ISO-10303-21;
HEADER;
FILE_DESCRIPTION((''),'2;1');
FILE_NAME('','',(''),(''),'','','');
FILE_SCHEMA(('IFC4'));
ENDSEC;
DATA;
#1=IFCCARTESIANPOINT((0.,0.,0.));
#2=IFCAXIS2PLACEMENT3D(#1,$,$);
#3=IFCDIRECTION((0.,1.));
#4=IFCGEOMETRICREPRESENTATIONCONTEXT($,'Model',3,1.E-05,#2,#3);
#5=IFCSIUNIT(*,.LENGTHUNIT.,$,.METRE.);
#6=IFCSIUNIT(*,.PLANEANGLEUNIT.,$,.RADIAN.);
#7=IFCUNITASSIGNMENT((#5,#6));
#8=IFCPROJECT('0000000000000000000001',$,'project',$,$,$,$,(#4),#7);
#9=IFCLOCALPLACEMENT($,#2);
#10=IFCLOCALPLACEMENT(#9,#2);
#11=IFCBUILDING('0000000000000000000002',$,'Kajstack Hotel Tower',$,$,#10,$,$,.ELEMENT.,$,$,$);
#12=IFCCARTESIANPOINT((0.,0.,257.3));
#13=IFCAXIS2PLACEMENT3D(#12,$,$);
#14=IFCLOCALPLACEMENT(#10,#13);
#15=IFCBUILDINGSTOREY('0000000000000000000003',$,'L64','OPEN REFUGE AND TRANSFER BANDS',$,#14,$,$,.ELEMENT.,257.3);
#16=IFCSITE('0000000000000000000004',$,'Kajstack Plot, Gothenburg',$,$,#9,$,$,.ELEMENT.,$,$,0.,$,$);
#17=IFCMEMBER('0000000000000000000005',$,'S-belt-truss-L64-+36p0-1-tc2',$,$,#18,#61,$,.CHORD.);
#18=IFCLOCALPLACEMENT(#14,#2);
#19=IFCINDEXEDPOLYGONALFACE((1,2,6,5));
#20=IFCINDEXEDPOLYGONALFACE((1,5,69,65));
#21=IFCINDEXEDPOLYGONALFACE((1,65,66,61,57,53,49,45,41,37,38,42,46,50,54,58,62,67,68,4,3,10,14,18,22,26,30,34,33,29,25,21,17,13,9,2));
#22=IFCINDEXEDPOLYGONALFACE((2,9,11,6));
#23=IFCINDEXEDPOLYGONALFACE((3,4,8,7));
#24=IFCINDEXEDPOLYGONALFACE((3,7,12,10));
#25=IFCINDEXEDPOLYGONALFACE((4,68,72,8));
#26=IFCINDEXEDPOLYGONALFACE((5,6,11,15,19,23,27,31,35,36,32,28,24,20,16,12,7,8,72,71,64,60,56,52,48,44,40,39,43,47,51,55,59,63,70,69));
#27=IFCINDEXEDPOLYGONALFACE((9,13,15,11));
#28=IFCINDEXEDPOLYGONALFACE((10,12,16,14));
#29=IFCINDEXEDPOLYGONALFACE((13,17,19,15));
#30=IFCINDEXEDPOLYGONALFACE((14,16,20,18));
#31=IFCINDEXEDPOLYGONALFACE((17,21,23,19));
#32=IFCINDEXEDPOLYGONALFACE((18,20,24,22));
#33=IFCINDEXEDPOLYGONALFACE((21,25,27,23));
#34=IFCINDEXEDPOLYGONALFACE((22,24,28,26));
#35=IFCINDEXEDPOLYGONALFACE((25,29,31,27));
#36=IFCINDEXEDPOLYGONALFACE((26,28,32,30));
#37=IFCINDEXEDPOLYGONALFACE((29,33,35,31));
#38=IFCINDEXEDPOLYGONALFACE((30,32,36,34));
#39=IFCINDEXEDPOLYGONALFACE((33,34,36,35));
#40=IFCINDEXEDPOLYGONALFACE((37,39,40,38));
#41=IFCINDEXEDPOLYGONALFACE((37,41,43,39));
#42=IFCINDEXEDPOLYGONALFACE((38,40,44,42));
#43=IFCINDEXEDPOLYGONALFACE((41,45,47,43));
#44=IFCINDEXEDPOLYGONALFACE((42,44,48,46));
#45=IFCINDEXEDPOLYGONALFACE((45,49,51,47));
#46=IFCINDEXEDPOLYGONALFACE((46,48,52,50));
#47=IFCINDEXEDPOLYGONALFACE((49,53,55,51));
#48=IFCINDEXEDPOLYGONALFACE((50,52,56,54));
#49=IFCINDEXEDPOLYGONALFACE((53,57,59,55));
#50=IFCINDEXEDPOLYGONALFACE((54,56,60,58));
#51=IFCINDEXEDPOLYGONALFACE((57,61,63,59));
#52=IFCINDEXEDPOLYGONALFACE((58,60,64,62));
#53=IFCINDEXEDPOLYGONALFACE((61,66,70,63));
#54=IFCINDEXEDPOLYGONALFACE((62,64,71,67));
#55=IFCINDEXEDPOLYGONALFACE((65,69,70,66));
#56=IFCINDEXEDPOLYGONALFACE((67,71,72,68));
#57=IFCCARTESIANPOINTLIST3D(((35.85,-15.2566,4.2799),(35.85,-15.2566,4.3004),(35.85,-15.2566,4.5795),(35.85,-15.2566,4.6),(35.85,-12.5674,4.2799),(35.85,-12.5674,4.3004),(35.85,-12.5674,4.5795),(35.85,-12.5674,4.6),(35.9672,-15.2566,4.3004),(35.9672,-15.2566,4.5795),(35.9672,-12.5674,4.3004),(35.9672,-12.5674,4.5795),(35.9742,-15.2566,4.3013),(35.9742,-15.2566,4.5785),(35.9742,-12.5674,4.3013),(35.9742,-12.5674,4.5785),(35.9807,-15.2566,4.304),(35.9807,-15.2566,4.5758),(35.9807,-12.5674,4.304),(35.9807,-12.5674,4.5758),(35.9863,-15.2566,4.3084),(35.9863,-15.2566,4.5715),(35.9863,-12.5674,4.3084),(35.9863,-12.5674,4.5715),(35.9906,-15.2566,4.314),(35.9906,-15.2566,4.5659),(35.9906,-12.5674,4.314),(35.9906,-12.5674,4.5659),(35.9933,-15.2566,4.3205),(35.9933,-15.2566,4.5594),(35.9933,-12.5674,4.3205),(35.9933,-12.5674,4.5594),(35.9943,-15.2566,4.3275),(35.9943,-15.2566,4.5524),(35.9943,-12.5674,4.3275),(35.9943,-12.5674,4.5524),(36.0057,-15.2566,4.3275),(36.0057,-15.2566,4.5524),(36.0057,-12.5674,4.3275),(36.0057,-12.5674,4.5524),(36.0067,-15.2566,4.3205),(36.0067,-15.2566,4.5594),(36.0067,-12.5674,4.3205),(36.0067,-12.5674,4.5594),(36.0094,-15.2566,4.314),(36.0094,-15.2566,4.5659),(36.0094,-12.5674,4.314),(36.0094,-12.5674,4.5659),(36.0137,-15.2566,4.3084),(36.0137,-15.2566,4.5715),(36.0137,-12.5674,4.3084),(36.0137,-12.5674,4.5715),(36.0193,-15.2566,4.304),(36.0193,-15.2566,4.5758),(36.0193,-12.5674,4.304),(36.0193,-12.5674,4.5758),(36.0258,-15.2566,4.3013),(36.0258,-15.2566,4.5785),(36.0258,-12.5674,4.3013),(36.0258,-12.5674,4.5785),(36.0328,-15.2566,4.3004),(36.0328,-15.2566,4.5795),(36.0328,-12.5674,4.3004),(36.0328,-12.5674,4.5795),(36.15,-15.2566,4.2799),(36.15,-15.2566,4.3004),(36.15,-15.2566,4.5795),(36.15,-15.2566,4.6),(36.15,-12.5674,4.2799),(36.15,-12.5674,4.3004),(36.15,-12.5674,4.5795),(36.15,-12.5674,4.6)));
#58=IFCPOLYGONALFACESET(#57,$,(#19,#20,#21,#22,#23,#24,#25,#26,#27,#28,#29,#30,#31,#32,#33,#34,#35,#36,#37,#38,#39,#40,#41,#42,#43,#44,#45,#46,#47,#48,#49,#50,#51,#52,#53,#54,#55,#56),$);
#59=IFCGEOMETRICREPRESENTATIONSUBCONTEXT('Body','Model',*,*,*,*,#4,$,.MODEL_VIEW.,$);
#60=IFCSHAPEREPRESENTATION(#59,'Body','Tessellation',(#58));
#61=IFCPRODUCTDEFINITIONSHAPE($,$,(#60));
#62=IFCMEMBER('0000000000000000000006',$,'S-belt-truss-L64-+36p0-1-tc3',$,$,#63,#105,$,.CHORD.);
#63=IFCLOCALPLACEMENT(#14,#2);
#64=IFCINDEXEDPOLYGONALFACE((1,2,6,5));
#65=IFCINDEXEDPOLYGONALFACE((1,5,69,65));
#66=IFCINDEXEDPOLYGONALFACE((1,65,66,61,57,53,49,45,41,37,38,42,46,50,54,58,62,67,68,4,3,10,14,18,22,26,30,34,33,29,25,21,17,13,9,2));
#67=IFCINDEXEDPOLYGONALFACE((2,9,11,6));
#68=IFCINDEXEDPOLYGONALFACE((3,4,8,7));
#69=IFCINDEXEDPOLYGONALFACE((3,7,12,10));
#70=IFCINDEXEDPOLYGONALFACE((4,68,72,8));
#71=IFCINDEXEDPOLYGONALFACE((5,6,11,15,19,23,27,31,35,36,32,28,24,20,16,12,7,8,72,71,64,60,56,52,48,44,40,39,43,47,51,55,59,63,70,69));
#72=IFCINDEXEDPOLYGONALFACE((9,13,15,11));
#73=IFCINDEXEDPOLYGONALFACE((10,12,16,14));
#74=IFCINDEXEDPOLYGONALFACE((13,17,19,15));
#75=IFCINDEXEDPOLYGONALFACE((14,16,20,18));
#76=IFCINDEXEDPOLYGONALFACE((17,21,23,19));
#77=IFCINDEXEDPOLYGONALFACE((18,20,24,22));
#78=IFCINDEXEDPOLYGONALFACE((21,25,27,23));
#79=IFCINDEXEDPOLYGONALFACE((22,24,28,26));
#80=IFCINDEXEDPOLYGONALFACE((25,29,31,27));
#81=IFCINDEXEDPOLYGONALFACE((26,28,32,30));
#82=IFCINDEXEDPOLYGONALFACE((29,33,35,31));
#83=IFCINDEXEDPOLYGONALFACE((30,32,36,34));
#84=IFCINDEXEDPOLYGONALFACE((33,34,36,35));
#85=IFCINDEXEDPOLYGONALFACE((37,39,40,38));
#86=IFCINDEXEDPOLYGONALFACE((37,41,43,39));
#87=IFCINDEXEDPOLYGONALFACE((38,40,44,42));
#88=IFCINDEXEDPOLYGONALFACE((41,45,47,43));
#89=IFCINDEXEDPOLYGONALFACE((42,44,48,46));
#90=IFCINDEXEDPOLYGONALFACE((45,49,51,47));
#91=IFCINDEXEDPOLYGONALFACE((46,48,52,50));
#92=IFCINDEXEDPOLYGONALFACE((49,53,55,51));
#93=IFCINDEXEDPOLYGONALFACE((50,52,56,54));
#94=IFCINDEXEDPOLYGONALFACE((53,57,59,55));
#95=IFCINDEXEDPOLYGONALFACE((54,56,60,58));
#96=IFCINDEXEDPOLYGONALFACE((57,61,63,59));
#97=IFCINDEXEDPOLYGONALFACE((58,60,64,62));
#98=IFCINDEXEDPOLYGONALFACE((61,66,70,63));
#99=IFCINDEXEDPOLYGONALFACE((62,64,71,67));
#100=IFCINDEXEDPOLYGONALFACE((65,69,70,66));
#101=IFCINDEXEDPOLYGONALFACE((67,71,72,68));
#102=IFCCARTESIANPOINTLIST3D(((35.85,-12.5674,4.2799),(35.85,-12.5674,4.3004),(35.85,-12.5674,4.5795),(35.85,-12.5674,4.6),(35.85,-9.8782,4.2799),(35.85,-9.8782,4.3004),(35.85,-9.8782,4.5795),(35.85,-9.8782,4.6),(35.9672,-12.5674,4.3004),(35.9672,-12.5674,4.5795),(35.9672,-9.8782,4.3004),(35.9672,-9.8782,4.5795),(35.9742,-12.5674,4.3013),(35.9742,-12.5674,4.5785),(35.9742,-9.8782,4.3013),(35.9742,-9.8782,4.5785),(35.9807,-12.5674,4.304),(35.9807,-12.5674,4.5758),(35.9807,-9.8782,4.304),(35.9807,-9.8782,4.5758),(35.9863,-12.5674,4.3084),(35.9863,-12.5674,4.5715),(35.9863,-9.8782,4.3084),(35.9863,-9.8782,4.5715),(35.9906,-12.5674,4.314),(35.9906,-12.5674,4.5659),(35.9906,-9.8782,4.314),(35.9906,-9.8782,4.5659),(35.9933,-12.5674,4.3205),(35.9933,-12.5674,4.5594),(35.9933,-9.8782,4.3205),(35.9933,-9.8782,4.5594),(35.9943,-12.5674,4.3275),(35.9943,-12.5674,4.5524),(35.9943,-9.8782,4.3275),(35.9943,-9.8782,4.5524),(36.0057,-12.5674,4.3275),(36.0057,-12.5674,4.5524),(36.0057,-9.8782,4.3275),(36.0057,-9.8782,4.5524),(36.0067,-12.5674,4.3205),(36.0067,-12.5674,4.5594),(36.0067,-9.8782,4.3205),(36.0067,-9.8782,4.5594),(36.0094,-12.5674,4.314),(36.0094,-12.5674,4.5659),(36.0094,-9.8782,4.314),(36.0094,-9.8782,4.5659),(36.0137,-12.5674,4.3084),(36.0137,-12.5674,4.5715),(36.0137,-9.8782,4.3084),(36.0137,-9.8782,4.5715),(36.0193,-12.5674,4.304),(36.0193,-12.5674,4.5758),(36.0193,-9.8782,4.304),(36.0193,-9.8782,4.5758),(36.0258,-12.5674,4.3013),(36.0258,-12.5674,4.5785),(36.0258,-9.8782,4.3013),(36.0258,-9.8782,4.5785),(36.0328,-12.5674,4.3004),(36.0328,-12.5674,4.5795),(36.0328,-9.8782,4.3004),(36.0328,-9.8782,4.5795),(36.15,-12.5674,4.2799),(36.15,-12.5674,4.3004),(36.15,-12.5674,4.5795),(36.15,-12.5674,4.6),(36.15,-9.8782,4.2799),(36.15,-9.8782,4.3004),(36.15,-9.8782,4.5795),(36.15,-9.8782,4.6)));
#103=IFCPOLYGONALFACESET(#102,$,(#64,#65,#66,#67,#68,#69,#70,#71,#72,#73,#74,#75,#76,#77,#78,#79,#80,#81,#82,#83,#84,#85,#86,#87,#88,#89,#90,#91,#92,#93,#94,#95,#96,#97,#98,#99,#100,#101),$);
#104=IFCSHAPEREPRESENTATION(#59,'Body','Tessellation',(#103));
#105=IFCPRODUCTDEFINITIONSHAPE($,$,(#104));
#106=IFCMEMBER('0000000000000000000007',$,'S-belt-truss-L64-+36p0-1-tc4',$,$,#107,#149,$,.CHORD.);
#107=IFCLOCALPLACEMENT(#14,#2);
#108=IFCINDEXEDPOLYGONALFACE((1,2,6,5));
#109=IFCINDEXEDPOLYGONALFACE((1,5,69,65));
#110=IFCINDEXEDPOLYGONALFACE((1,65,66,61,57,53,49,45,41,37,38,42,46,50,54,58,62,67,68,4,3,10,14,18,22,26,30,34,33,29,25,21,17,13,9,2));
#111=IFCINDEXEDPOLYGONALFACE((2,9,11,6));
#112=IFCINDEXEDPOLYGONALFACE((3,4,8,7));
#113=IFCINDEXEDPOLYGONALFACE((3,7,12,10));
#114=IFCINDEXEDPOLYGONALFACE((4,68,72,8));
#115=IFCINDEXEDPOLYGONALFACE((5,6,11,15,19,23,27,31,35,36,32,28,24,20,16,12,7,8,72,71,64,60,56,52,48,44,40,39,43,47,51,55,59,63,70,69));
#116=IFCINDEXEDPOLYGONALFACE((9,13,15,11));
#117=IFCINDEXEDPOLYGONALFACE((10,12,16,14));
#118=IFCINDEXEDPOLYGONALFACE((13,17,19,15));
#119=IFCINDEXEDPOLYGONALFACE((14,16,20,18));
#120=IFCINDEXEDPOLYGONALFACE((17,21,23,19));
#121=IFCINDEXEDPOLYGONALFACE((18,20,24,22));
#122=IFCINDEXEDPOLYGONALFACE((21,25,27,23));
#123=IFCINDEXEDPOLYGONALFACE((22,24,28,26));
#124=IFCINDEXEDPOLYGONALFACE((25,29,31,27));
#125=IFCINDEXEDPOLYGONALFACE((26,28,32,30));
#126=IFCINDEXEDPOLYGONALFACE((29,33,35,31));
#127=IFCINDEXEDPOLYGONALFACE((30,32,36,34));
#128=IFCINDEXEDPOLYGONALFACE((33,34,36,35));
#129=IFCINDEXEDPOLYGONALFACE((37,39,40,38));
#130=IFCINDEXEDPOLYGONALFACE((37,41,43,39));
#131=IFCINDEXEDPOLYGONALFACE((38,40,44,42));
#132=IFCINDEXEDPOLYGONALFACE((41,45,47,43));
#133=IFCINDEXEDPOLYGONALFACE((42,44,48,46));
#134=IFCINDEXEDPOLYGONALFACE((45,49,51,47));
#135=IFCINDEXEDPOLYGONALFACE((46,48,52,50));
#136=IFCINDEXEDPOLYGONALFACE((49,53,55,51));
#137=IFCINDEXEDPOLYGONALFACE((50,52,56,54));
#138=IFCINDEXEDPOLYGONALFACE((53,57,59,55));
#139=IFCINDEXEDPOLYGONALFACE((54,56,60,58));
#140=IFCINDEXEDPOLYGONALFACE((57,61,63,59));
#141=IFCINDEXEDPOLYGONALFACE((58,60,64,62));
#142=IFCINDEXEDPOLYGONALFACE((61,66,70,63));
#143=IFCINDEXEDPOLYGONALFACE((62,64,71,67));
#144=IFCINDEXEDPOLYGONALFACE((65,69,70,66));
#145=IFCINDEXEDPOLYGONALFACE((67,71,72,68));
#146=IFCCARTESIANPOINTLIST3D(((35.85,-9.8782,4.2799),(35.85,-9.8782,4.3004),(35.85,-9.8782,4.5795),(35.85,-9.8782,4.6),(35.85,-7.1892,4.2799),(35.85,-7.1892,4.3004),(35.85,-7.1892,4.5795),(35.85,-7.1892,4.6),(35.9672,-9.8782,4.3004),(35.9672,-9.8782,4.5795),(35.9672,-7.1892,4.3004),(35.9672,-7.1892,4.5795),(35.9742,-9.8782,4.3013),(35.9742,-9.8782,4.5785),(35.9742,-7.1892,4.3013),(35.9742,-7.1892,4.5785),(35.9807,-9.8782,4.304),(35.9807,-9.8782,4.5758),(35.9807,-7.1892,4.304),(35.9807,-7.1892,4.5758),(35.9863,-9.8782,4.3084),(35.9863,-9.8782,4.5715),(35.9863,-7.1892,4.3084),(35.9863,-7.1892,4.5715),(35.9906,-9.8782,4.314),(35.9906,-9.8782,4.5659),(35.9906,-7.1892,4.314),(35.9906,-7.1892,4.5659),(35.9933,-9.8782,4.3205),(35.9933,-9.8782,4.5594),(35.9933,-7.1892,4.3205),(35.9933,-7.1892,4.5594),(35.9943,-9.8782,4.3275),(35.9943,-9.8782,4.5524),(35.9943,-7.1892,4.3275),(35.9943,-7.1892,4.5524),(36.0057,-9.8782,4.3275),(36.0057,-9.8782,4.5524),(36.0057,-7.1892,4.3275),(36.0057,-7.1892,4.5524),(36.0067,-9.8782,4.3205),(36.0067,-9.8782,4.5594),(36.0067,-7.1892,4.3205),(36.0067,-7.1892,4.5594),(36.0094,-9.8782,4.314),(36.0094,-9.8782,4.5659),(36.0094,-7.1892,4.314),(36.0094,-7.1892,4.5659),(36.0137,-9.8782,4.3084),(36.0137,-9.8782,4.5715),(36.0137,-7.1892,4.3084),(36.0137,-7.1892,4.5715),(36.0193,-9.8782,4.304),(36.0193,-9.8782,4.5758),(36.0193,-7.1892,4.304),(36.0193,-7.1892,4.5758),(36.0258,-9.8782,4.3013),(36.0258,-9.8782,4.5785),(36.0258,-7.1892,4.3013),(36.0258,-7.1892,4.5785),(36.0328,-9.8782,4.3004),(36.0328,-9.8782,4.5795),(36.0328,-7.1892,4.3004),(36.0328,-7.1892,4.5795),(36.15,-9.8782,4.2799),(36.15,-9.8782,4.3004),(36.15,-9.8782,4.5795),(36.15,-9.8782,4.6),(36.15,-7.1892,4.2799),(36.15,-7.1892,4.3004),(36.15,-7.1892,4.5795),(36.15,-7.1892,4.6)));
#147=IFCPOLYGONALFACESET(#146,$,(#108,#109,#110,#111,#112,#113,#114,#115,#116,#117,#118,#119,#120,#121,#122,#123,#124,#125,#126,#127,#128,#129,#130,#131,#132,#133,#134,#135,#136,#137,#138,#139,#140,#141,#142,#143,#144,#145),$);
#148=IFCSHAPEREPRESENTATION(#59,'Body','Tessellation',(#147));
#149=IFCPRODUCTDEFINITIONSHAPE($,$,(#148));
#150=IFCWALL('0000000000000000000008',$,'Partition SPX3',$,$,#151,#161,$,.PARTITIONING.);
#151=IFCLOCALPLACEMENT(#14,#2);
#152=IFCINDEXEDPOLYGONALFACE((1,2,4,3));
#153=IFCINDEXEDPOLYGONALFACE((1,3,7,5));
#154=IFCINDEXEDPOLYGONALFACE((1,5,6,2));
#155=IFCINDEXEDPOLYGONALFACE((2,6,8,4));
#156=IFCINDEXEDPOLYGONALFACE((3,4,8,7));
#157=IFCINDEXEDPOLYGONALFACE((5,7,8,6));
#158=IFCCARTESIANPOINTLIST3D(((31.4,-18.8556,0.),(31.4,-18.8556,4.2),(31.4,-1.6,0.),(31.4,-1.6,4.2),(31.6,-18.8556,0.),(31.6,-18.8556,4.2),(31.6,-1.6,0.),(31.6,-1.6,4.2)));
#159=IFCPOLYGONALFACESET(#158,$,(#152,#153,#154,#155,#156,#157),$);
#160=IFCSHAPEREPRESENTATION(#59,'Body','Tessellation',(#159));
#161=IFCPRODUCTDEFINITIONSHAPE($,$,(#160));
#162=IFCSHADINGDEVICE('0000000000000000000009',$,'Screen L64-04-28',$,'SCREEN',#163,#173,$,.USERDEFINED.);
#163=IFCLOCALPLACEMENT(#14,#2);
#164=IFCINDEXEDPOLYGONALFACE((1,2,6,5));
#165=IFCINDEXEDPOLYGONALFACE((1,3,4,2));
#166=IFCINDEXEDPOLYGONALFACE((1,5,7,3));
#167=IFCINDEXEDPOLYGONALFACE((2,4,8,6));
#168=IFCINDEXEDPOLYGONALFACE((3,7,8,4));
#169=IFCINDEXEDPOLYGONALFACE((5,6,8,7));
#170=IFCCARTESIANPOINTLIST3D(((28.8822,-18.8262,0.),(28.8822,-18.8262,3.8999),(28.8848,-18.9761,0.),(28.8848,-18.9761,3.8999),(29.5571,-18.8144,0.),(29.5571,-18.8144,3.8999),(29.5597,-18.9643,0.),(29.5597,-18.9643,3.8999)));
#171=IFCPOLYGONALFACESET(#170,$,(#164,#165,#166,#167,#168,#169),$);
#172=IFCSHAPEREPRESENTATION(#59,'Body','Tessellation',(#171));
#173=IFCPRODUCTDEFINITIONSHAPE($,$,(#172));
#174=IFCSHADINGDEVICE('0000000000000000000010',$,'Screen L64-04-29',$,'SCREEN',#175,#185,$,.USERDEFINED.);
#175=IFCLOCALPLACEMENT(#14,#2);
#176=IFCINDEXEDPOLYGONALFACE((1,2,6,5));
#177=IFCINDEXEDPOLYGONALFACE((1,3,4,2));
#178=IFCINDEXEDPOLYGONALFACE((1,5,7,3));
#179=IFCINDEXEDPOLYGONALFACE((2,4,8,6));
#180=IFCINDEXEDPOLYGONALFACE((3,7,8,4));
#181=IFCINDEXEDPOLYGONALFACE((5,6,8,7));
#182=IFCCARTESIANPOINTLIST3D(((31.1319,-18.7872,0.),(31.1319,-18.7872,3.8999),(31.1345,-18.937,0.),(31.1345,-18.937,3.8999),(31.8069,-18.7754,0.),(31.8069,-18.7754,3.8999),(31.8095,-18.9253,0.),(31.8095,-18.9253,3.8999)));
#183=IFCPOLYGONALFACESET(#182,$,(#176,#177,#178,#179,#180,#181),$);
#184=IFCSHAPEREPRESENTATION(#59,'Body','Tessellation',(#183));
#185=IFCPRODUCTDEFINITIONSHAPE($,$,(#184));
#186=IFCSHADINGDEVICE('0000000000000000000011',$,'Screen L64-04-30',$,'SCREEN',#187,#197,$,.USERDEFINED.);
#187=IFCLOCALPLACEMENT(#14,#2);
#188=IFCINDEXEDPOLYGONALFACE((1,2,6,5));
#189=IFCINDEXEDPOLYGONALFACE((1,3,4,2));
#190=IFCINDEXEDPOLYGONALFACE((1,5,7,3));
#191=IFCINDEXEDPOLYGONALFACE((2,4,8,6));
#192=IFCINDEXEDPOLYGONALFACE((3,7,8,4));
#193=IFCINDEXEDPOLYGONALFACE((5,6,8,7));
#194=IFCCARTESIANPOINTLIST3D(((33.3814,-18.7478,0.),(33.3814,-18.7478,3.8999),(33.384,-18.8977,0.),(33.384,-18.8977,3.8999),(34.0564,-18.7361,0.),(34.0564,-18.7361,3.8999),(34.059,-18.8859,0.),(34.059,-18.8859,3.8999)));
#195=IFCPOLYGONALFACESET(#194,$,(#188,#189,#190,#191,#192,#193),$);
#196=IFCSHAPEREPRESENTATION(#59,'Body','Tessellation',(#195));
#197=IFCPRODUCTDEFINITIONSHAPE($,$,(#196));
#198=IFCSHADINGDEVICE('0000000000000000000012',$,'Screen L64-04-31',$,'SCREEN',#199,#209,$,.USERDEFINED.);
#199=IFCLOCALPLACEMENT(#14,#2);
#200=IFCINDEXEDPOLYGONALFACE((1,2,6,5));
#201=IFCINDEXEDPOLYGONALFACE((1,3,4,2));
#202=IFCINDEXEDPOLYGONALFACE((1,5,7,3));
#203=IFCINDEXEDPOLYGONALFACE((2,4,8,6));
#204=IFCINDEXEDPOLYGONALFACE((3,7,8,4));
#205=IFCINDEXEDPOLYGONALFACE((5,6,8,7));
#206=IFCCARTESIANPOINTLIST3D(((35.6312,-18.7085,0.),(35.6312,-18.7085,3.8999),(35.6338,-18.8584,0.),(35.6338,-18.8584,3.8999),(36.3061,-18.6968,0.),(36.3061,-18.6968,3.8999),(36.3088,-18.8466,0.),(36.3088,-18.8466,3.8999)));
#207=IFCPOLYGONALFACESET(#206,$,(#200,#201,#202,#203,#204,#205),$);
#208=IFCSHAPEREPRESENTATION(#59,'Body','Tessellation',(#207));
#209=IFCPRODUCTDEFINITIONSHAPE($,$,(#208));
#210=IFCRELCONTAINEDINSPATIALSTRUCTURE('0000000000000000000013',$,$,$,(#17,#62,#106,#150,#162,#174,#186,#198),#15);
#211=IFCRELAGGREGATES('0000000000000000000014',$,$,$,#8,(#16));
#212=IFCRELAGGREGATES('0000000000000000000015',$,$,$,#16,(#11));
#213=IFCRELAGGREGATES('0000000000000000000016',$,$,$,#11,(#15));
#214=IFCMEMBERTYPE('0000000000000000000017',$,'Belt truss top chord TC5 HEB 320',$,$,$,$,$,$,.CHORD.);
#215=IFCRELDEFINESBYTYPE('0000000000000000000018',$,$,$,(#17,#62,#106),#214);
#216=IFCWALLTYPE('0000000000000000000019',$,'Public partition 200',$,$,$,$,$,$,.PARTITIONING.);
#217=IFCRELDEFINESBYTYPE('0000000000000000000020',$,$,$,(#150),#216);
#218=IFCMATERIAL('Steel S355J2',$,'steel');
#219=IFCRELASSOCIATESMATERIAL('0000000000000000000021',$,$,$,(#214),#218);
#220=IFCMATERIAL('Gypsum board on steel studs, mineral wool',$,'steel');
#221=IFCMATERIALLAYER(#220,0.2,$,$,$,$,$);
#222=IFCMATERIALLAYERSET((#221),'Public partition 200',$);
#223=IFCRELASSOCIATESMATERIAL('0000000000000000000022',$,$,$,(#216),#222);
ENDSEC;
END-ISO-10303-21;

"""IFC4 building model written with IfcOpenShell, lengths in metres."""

from ifc_helpers import new_model, si_unit, direction, frame, frame_2d, origin, origin_2d, place, context, subcontext, project, spatial, rectangle, i_section, extrude, material, layer, layer_set, material_profile, profile_set, type_object, element, save


model = new_model("IFC4")

# Units and contexts
model_context = context("Model", 3, precision=1e-05, world=origin(), true_north=direction((0.0, 1.0)))
body_context = subcontext(model_context, "Body", "Model", "MODEL_VIEW")
ifc_project = project(units=[si_unit("LENGTHUNIT", "METRE"), si_unit("PLANEANGLEUNIT", "RADIAN")], contexts=[model_context])

# Site, building, storey
site_placement = place(None, origin())
site = spatial("IfcSite", under=ifc_project, at=site_placement, Name="Kajstack Plot, Gothenburg", CompositionType="ELEMENT", RefElevation=0.0)
building_placement = place(site_placement, origin())
building = spatial("IfcBuilding", under=site, at=building_placement, Name="Kajstack Hotel Tower", CompositionType="ELEMENT")
storey_placement = place(building_placement, frame((0.0, 0.0, 257.3)))
storey = spatial("IfcBuildingStorey", under=building, at=storey_placement, Name="L64", Description="OPEN REFUGE AND TRANSFER BANDS", CompositionType="ELEMENT", Elevation=257.3)

# Members
ifc_material_1 = material(Name="Steel S355J2", Category="steel")
ifc_material_profile_1 = material_profile(ifc_material_1, i_section(OverallWidth=0.3, OverallDepth=0.3201, WebThickness=0.0115, FlangeThickness=0.0205, FilletRadius=0.0271, at=origin_2d()), Name="HEB 320")
ifc_profile_set_1 = profile_set([ifc_material_profile_1], Name="Steel S355J2")
member_type_1 = type_object("IfcMemberType", Name="Belt truss top chord TC5 HEB 320", PredefinedType="CHORD", material=ifc_profile_set_1)
for number, where, z_axis, x_axis, name in (
    (1, (36.0, -15.2566, 4.4399), (0.0, 1.0, 0.0), (-1.0, 0.0, 0.0), "S-belt-truss-L64-+36p0-1-tc2"),
    (2, (36.0, -12.5674, 4.4399), (0.0, 1.0, 0.0), (-1.0, 0.0, 0.0), "S-belt-truss-L64-+36p0-1-tc3"),
):
    element("IfcMember", number, at=place(storey_placement, frame(where, z_axis=z_axis, x_axis=x_axis)), inside=storey, type_object=member_type_1, Name=name, PredefinedType="CHORD", context=body_context, shape_type="SweptSolid", body=[
        extrude(i_section(OverallWidth=0.3, OverallDepth=0.3201, WebThickness=0.0115, FlangeThickness=0.0205, FilletRadius=0.0271, at=origin_2d()), origin(), (0.0, 0.0, 1.0), 2.6892),
    ])
member_1_placement = place(storey_placement, frame((36.0, -9.8782, 4.4399), z_axis=(0.0, 1.0, 0.0), x_axis=(-1.0, 0.0, 0.0)))
element("IfcMember", 3, at=member_1_placement, inside=storey, type_object=member_type_1, Name="S-belt-truss-L64-+36p0-1-tc4", PredefinedType="CHORD", context=body_context, shape_type="SweptSolid", body=[
    extrude(i_section(OverallWidth=0.3, OverallDepth=0.3201, WebThickness=0.0115, FlangeThickness=0.0205, FilletRadius=0.0271, at=origin_2d()), origin(), (0.0, 0.0, 1.0), 2.689),
])

# Wall
ifc_material_2 = material(Name="Gypsum board on steel studs, mineral wool", Category="steel")
ifc_layer_1 = layer(ifc_material_2, 0.2)
ifc_layer_set_1 = layer_set([ifc_layer_1], Name="Public partition 200")
wall_type = type_object("IfcWallType", Name="Public partition 200", PredefinedType="PARTITIONING", material=ifc_layer_set_1)
wall_placement = place(storey_placement, frame((31.5, -18.8557, 0.0), z_axis=(0.0, 0.0, 1.0), x_axis=(0.0, 1.0, 0.0)))
element("IfcWall", 4, at=wall_placement, inside=storey, type_object=wall_type, Name="Partition SPX3", PredefinedType="PARTITIONING", context=body_context, shape_type="SweptSolid", body=[
    extrude(rectangle(XDim=17.2556, YDim=0.2, at=frame_2d((8.6279, 0.0))), origin(), (0.0, 0.0, 1.0), 4.2),
])

# Shading devices
for number, where, z_axis, x_axis, name in (
    (5, (29.2209, -18.8953, 0.0), (0.0, 0.0, 1.0), (0.999848, 0.017453, 0.0), "Screen L64-04-28"),
    (6, (31.4707, -18.8562, 0.0), (0.0, 0.0, 1.0), (0.999848, 0.017453, 0.0), "Screen L64-04-29"),
    (7, (33.7202, -18.8169, 0.0), (0.0, 0.0, 1.0), (0.999848, 0.017453, 0.0), "Screen L64-04-30"),
    (8, (35.97, -18.7776, 0.0), (0.0, 0.0, 1.0), (0.999848, 0.017453, 0.0), "Screen L64-04-31"),
):
    element("IfcShadingDevice", number, at=place(storey_placement, frame(where, z_axis=z_axis, x_axis=x_axis)), inside=storey, Name=name, ObjectType="SCREEN", PredefinedType="USERDEFINED", context=body_context, shape_type="SweptSolid", body=[
        extrude(rectangle(XDim=0.675, YDim=0.1499, at=origin_2d()), origin(), (0.0, 0.0, 1.0), 3.8999),
    ])

save(model, "model.ifc")
